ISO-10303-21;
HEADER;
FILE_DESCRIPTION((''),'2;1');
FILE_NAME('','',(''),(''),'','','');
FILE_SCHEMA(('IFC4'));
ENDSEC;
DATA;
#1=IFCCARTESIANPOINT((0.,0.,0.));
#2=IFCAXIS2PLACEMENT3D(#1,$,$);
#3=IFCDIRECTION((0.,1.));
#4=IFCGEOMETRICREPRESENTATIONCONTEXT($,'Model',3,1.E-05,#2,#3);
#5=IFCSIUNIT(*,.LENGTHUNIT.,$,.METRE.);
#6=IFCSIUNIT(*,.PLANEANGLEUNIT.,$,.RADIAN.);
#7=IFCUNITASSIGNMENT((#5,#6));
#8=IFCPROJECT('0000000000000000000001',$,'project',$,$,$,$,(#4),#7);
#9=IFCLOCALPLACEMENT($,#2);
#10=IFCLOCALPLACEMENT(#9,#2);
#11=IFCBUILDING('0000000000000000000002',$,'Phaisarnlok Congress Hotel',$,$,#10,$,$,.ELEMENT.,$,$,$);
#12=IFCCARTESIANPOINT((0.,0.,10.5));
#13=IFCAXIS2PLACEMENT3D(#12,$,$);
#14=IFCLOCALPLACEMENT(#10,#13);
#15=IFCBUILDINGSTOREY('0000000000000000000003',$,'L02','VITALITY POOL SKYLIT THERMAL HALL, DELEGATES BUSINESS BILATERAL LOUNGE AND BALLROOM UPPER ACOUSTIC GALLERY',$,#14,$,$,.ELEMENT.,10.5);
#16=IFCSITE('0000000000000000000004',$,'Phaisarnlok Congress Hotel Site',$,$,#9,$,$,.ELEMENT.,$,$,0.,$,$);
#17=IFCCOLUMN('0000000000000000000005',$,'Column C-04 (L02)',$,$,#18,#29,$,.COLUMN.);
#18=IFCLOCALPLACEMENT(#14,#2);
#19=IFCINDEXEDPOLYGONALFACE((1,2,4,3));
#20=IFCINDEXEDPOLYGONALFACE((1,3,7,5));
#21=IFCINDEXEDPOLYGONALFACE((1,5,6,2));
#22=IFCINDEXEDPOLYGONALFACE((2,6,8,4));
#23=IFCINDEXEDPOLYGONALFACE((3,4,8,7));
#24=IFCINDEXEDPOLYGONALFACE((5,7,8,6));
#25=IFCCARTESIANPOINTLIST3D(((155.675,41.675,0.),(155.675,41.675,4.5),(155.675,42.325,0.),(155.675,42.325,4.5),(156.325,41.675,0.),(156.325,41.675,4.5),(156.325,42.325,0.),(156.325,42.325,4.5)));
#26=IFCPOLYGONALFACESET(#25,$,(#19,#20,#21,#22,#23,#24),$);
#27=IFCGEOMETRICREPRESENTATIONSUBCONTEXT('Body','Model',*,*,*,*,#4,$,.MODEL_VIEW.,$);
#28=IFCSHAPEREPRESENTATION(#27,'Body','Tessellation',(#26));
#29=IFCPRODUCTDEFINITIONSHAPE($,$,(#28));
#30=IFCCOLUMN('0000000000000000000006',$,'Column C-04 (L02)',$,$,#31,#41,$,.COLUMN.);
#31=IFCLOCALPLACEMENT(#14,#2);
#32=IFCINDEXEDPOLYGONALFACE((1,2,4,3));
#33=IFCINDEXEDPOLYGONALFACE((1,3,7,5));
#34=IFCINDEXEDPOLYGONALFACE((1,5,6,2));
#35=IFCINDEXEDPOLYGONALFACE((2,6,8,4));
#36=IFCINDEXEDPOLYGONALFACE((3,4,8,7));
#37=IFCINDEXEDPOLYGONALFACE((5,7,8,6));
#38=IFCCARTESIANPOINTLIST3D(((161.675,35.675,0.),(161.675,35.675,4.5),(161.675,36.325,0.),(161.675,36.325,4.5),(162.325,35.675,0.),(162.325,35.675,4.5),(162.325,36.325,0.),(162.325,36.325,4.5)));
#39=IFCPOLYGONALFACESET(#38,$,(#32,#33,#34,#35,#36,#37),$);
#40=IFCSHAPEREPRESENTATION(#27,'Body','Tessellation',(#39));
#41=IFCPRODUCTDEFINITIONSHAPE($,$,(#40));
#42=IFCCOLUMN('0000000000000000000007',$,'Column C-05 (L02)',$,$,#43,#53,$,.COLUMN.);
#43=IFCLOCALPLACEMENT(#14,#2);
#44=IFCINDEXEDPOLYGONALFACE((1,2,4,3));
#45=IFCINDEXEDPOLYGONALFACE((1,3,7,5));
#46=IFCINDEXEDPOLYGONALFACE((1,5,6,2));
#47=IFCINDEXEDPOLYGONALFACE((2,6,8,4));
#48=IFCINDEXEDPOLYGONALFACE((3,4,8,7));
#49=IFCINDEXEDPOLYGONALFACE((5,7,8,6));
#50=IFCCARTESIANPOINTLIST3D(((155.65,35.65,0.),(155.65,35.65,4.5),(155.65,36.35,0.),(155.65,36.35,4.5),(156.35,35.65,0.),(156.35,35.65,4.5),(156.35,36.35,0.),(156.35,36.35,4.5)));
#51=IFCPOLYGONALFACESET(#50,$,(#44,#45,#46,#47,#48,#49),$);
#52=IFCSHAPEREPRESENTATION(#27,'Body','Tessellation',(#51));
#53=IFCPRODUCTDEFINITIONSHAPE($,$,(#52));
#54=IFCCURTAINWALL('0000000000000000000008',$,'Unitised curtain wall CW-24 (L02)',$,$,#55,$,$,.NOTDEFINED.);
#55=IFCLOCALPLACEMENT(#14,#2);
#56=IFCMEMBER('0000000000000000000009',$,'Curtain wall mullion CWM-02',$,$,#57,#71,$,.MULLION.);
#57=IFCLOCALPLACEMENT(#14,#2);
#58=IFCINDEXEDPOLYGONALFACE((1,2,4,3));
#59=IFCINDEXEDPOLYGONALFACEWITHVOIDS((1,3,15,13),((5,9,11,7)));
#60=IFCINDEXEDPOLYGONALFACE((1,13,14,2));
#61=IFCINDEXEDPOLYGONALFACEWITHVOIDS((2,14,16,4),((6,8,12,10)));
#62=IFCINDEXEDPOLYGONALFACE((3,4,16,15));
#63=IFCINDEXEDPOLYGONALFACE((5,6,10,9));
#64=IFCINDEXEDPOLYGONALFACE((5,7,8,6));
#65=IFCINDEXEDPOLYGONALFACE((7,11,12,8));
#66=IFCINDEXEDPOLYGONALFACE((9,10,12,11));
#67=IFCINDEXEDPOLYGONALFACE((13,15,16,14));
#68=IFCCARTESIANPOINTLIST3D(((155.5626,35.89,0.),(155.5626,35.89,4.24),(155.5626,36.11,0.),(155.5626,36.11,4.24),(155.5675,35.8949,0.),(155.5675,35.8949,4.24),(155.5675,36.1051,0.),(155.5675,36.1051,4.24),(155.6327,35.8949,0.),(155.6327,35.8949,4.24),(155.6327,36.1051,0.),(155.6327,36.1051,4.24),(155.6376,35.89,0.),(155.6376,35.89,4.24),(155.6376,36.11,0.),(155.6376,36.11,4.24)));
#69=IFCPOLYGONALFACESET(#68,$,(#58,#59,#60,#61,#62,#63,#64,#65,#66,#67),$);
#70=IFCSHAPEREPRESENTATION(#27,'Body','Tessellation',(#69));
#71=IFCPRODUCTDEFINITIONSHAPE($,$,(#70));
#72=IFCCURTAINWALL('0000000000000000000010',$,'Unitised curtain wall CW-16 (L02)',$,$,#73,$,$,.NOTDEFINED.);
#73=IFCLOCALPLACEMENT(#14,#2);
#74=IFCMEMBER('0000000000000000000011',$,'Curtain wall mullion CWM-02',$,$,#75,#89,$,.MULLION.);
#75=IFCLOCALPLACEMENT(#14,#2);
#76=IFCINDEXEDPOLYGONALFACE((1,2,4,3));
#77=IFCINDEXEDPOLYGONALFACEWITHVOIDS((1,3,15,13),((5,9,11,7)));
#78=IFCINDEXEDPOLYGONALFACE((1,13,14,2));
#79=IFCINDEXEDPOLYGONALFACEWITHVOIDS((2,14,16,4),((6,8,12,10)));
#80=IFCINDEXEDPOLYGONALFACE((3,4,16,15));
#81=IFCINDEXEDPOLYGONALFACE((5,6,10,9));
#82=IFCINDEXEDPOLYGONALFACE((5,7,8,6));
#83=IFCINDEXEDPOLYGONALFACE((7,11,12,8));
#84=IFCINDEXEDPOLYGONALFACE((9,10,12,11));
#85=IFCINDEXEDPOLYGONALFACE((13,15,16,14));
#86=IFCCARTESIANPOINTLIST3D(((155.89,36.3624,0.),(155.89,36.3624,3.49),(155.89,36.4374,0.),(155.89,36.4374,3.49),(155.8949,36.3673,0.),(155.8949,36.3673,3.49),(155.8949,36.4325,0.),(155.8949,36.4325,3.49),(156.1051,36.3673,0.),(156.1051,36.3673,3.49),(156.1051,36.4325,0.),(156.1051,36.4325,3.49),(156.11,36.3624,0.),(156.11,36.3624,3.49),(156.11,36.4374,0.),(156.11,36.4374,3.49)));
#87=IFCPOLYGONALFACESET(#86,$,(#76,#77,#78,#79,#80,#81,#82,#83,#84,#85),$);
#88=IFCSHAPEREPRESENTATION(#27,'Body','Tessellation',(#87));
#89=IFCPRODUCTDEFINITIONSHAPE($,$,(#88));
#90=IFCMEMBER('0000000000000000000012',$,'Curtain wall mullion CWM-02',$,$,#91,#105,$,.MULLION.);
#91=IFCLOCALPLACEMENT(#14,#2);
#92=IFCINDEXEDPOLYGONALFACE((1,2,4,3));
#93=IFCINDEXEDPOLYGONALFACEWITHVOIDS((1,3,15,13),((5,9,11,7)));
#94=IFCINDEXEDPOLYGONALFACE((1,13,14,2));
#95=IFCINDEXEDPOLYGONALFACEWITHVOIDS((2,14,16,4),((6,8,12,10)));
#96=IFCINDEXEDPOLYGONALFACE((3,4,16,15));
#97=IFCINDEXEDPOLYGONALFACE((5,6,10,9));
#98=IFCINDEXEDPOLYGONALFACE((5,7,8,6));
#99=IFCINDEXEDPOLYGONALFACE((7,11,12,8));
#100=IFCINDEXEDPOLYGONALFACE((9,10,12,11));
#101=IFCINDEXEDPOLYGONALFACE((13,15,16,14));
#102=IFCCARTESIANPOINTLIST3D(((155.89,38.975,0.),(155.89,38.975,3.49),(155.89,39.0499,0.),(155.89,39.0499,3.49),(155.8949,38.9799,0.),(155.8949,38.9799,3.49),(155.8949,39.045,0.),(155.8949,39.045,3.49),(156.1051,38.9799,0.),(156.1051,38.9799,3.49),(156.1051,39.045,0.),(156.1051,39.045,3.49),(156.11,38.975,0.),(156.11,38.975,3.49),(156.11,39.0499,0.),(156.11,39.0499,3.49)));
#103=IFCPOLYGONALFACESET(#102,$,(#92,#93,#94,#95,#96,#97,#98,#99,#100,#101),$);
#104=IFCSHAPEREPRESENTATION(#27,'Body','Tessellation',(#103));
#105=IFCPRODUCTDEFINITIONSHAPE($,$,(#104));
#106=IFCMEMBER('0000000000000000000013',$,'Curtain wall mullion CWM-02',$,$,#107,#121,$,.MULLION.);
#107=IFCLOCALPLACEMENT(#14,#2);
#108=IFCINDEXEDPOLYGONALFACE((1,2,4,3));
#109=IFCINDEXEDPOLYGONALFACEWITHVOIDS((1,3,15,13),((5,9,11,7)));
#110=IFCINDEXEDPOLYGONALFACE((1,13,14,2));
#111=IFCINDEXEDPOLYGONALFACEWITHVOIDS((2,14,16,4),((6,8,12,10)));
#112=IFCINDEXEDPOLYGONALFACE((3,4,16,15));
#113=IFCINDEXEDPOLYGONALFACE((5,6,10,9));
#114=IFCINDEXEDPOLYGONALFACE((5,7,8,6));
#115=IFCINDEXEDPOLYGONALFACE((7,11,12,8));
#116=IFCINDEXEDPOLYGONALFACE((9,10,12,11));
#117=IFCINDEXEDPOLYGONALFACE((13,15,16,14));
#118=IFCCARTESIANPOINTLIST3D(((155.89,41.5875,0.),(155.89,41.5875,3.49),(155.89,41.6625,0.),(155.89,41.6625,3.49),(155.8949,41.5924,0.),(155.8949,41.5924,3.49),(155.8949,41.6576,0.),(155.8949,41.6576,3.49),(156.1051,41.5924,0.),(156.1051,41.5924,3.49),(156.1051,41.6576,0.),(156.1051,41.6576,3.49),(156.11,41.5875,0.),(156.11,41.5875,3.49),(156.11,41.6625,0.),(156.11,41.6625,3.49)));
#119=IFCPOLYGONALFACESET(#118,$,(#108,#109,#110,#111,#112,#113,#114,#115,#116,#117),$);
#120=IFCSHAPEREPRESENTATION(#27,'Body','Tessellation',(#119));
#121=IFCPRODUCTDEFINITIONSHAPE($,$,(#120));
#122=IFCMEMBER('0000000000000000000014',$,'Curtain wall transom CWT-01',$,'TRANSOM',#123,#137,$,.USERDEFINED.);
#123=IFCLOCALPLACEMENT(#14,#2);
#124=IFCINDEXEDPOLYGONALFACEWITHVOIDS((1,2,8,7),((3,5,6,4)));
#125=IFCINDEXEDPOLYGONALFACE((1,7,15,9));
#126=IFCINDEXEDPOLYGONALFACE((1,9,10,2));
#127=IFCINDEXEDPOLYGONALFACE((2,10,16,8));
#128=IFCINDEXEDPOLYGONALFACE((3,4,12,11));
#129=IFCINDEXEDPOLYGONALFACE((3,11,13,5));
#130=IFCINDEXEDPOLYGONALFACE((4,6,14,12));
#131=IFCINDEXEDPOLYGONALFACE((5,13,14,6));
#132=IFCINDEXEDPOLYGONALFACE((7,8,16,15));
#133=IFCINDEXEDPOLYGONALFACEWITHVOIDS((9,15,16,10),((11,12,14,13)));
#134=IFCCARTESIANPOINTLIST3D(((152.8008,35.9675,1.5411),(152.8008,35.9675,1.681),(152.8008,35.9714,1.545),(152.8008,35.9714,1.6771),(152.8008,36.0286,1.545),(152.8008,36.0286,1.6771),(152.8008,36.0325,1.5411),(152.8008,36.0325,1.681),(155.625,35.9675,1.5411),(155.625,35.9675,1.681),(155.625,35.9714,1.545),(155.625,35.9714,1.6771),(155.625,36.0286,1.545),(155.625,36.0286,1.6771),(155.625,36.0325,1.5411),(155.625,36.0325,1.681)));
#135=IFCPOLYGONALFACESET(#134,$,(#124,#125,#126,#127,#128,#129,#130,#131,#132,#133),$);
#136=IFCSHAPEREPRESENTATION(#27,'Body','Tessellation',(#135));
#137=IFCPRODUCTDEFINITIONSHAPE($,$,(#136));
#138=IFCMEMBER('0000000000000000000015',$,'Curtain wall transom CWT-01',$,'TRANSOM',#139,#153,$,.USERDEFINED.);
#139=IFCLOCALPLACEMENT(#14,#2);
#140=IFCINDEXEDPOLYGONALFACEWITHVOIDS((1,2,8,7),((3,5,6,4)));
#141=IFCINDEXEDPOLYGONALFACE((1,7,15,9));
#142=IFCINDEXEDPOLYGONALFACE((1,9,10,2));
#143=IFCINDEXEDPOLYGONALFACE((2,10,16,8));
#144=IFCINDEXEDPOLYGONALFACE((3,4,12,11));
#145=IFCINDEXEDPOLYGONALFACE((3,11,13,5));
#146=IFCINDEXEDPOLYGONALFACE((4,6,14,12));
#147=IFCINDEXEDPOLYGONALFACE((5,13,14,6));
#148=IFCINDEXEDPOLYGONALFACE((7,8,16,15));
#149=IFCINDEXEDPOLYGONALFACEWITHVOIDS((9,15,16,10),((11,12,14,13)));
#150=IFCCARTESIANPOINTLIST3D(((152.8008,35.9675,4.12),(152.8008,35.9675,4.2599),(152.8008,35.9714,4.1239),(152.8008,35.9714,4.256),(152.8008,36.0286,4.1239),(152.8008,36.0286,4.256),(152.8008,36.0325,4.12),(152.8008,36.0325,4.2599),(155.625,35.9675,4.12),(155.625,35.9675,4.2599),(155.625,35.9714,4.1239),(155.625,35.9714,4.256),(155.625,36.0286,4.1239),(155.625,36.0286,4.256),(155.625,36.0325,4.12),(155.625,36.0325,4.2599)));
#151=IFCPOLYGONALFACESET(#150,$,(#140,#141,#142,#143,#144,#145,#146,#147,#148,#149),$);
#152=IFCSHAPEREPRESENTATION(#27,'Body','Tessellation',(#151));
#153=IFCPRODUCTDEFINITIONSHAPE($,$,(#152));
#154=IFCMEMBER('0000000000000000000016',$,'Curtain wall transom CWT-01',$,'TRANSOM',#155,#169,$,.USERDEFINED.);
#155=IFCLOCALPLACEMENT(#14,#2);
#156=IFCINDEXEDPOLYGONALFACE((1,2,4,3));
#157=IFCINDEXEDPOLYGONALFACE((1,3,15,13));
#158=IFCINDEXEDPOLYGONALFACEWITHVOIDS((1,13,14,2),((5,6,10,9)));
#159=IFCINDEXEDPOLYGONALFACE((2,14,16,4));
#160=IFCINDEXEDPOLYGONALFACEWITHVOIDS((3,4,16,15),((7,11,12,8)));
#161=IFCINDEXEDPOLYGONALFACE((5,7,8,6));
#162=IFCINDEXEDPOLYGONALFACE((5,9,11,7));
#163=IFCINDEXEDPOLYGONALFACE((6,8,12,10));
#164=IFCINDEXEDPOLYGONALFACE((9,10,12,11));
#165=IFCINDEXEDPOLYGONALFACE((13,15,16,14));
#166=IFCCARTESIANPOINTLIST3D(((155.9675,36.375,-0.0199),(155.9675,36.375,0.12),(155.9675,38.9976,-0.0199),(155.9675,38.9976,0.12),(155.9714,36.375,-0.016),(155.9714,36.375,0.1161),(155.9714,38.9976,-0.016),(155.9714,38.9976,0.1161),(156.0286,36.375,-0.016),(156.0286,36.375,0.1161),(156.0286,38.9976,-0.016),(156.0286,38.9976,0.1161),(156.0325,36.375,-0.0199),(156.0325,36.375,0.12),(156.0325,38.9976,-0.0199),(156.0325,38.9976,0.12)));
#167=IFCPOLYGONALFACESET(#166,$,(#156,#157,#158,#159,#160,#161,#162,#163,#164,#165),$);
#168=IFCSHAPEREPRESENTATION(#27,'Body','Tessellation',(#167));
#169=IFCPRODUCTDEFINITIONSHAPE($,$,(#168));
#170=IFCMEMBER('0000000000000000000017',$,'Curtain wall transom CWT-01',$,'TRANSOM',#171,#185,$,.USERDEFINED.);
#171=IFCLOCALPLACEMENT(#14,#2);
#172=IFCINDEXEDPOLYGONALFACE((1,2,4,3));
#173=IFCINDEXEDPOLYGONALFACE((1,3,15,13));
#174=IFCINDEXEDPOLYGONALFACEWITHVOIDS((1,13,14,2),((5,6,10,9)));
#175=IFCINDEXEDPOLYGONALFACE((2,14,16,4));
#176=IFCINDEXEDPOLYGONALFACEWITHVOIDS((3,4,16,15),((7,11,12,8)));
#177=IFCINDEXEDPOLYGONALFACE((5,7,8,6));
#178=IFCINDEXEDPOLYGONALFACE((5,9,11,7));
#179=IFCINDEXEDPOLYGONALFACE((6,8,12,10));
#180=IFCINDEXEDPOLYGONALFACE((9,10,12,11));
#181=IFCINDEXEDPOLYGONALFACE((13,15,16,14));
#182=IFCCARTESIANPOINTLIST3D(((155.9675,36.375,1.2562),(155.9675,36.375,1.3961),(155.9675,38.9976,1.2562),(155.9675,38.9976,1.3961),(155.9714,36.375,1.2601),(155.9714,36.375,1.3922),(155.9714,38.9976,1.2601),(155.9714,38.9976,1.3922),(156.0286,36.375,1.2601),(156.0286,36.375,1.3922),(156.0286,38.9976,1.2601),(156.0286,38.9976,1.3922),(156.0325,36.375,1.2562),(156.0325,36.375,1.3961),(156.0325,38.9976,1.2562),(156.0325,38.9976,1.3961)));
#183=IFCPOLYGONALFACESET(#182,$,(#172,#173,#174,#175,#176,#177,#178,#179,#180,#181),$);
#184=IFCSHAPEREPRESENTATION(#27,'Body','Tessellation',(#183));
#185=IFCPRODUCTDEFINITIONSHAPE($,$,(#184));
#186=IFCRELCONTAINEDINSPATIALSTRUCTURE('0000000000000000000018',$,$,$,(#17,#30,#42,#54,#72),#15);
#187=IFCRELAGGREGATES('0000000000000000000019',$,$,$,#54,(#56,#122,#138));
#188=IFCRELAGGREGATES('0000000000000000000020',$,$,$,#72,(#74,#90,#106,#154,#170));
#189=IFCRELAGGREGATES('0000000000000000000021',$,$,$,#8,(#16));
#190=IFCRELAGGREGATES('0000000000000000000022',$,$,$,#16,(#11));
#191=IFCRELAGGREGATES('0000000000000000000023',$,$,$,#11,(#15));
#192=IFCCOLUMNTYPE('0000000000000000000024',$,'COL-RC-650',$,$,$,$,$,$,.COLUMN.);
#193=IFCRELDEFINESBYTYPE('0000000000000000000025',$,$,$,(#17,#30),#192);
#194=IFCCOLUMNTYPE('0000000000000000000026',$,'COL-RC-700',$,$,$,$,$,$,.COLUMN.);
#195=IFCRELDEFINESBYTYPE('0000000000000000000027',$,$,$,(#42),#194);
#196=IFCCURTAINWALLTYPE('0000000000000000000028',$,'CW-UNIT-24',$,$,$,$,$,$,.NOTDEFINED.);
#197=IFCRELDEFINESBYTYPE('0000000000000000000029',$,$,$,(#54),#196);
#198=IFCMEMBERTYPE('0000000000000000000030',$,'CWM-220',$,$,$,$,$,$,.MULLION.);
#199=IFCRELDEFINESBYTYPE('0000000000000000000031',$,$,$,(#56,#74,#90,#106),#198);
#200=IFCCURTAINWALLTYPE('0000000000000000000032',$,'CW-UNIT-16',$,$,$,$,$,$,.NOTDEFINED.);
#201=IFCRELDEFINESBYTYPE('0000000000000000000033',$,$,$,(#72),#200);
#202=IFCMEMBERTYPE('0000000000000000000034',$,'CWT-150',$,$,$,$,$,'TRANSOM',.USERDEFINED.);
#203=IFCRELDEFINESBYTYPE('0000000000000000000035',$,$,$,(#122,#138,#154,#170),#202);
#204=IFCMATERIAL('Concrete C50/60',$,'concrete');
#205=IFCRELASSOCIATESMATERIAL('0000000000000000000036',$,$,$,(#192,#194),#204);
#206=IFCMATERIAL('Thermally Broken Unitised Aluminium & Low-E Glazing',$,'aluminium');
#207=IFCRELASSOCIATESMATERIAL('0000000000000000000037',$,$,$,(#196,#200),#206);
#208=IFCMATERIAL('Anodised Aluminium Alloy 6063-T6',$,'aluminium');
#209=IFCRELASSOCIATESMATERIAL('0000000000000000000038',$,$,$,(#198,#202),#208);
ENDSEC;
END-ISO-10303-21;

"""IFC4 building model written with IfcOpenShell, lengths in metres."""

from ifc_helpers import new_model, si_unit, direction, frame, origin, origin_2d, place, context, subcontext, project, spatial, rectangle, hollow_rectangle, extrude, material, material_profile, profile_set, type_object, element, aggregate, save


model = new_model("IFC4")

# Units and contexts
model_context = context("Model", 3, precision=1e-05, world=origin(), true_north=direction((0.0, 1.0)))
body_context = subcontext(model_context, "Body", "Model", "MODEL_VIEW")
ifc_project = project(units=[si_unit("LENGTHUNIT", "METRE"), si_unit("PLANEANGLEUNIT", "RADIAN")], contexts=[model_context])

# Site, building, storey
site_placement = place(None, origin())
site = spatial("IfcSite", under=ifc_project, at=site_placement, Name="Phaisarnlok Congress Hotel Site", CompositionType="ELEMENT", RefElevation=0.0)
building_placement = place(site_placement, origin())
building = spatial("IfcBuilding", under=site, at=building_placement, Name="Phaisarnlok Congress Hotel", CompositionType="ELEMENT")
storey_placement = place(building_placement, frame((0.0, 0.0, 10.5)))
storey = spatial("IfcBuildingStorey", under=building, at=storey_placement, Name="L02", Description="VITALITY POOL SKYLIT THERMAL HALL, DELEGATES BUSINESS BILATERAL LOUNGE AND BALLROOM UPPER ACOUSTIC GALLERY", CompositionType="ELEMENT", Elevation=10.5)

# Columns
ifc_material_1 = material(Name="Concrete C50/60", Category="concrete")
ifc_material_profile_1 = material_profile(ifc_material_1, rectangle(XDim=0.6499, YDim=0.6499, at=origin_2d()), Name="RC 650x650")
ifc_profile_set_1 = profile_set([ifc_material_profile_1], Name="Concrete C50/60")
column_type_1 = type_object("IfcColumnType", Name="COL-RC-650", PredefinedType="COLUMN", material=ifc_profile_set_1)
for number, where, z_axis, x_axis, name in (
    (1, (156.0, 42.0, 0.0), (0.0, 0.0, 1.0), (1.0, 0.0, 0.0), "Column C-04 (L02)"),
    (2, (162.0, 36.0, 0.0), (0.0, 0.0, 1.0), (1.0, 0.0, 0.0), "Column C-04 (L02)"),
):
    element("IfcColumn", number, at=place(storey_placement, frame(where, z_axis=z_axis, x_axis=x_axis)), inside=storey, type_object=column_type_1, Name=name, PredefinedType="COLUMN", context=body_context, shape_type="SweptSolid", body=[
        extrude(rectangle(XDim=0.6499, YDim=0.6499, at=origin_2d()), origin(), (0.0, 0.0, 1.0), 4.5),
    ])
ifc_material_profile_2 = material_profile(ifc_material_1, rectangle(XDim=0.7, YDim=0.7, at=origin_2d()), Name="RC 700x700")
ifc_profile_set_2 = profile_set([ifc_material_profile_2], Name="Concrete C50/60")
column_type_2 = type_object("IfcColumnType", Name="COL-RC-700", PredefinedType="COLUMN", material=ifc_profile_set_2)
column_placement = place(storey_placement, frame((156.0, 36.0, 0.0), z_axis=(0.0, 0.0, 1.0), x_axis=(1.0, 0.0, 0.0)))
element("IfcColumn", 3, at=column_placement, inside=storey, type_object=column_type_2, Name="Column C-05 (L02)", PredefinedType="COLUMN", context=body_context, shape_type="SweptSolid", body=[
    extrude(rectangle(XDim=0.7, YDim=0.7, at=origin_2d()), origin(), (0.0, 0.0, 1.0), 4.5),
])

# Curtain wall, member
ifc_material_2 = material(Name="Thermally Broken Unitised Aluminium & Low-E Glazing", Category="aluminium")
curtain_wall_type_1 = type_object("IfcCurtainWallType", Name="CW-UNIT-24", PredefinedType="NOTDEFINED", material=ifc_material_2)
curtain_wall_1_placement = place(storey_placement, origin())
curtain_wall_1 = element("IfcCurtainWall", 4, at=curtain_wall_1_placement, inside=storey, type_object=curtain_wall_type_1, Name="Unitised curtain wall CW-24 (L02)", PredefinedType="NOTDEFINED")
ifc_material_3 = material(Name="Anodised Aluminium Alloy 6063-T6", Category="aluminium")
ifc_material_profile_3 = material_profile(ifc_material_3, hollow_rectangle(XDim=0.075, YDim=0.22, WallThickness=0.0049, at=origin_2d()), Name="ALU-M 75x220x5")
ifc_profile_set_3 = profile_set([ifc_material_profile_3], Name="Anodised Aluminium Alloy 6063-T6")
member_type_1 = type_object("IfcMemberType", Name="CWM-220", PredefinedType="MULLION", material=ifc_profile_set_3)
member_1_placement = place(storey_placement, frame((155.6001, 36.0, 0.0), z_axis=(0.0, 0.0, 1.0), x_axis=(1.0, 0.0, 0.0)))
member_1 = element("IfcMember", 5, at=member_1_placement, type_object=member_type_1, Name="Curtain wall mullion CWM-02", PredefinedType="MULLION", context=body_context, shape_type="SweptSolid", body=[
    extrude(hollow_rectangle(XDim=0.075, YDim=0.22, WallThickness=0.0049, at=origin_2d()), origin(), (0.0, 0.0, 1.0), 4.24),
])

# Curtain wall, members
curtain_wall_type_2 = type_object("IfcCurtainWallType", Name="CW-UNIT-16", PredefinedType="NOTDEFINED", material=ifc_material_2)
curtain_wall_2_placement = place(storey_placement, origin())
curtain_wall_2 = element("IfcCurtainWall", 6, at=curtain_wall_2_placement, inside=storey, type_object=curtain_wall_type_2, Name="Unitised curtain wall CW-16 (L02)", PredefinedType="NOTDEFINED")
member_2_placement = place(storey_placement, frame((156.0, 36.3999, 0.0), z_axis=(0.0, 0.0, 1.0), x_axis=(0.0, 1.0, 0.0)))
member_2 = element("IfcMember", 7, at=member_2_placement, type_object=member_type_1, Name="Curtain wall mullion CWM-02", PredefinedType="MULLION", context=body_context, shape_type="SweptSolid", body=[
    extrude(hollow_rectangle(XDim=0.075, YDim=0.22, WallThickness=0.0049, at=origin_2d()), origin(), (0.0, 0.0, 1.0), 3.49),
])
member_3_placement = place(storey_placement, frame((156.0, 39.0125, 0.0), z_axis=(0.0, 0.0, 1.0), x_axis=(0.0, 1.0, 0.0)))
member_3 = element("IfcMember", 8, at=member_3_placement, type_object=member_type_1, Name="Curtain wall mullion CWM-02", PredefinedType="MULLION", context=body_context, shape_type="SweptSolid", body=[
    extrude(hollow_rectangle(XDim=0.075, YDim=0.22, WallThickness=0.0049, at=origin_2d()), origin(), (0.0, 0.0, 1.0), 3.49),
])
member_4_placement = place(storey_placement, frame((156.0, 41.625, 0.0), z_axis=(0.0, 0.0, 1.0), x_axis=(0.0, 1.0, 0.0)))
member_4 = element("IfcMember", 9, at=member_4_placement, type_object=member_type_1, Name="Curtain wall mullion CWM-02", PredefinedType="MULLION", context=body_context, shape_type="SweptSolid", body=[
    extrude(hollow_rectangle(XDim=0.075, YDim=0.22, WallThickness=0.0049, at=origin_2d()), origin(), (0.0, 0.0, 1.0), 3.49),
])

# Members
ifc_material_profile_4 = material_profile(ifc_material_3, hollow_rectangle(XDim=0.0649, YDim=0.1399, WallThickness=0.0039, at=origin_2d()), Name="ALU-T 65x140x4")
ifc_profile_set_4 = profile_set([ifc_material_profile_4], Name="Anodised Aluminium Alloy 6063-T6")
member_type_2 = type_object("IfcMemberType", Name="CWT-150", ElementType="TRANSOM", PredefinedType="USERDEFINED", material=ifc_profile_set_4)
member_5_placement = place(storey_placement, frame((152.8008, 36.0, 1.6111), z_axis=(1.0, 0.0, 0.0), x_axis=(0.0, 1.0, 0.0)))
member_5 = element("IfcMember", 10, at=member_5_placement, type_object=member_type_2, Name="Curtain wall transom CWT-01", ObjectType="TRANSOM", PredefinedType="USERDEFINED", context=body_context, shape_type="SweptSolid", body=[
    extrude(hollow_rectangle(XDim=0.0649, YDim=0.1399, WallThickness=0.0039, at=origin_2d()), origin(), (0.0, 0.0, 1.0), 2.8242),
])
member_6_placement = place(storey_placement, frame((152.8008, 36.0, 4.1899), z_axis=(1.0, 0.0, 0.0), x_axis=(0.0, 1.0, 0.0)))
member_6 = element("IfcMember", 11, at=member_6_placement, type_object=member_type_2, Name="Curtain wall transom CWT-01", ObjectType="TRANSOM", PredefinedType="USERDEFINED", context=body_context, shape_type="SweptSolid", body=[
    extrude(hollow_rectangle(XDim=0.0649, YDim=0.1399, WallThickness=0.0039, at=origin_2d()), origin(), (0.0, 0.0, 1.0), 2.8242),
])
member_7_placement = place(storey_placement, frame((156.0, 36.375, 0.05), z_axis=(0.0, 1.0, 0.0), x_axis=(-1.0, 0.0, 0.0)))
member_7 = element("IfcMember", 12, at=member_7_placement, type_object=member_type_2, Name="Curtain wall transom CWT-01", ObjectType="TRANSOM", PredefinedType="USERDEFINED", context=body_context, shape_type="SweptSolid", body=[
    extrude(hollow_rectangle(XDim=0.0649, YDim=0.1399, WallThickness=0.0039, at=origin_2d()), origin(), (0.0, 0.0, 1.0), 2.6226),
])
member_8_placement = place(storey_placement, frame((156.0, 36.375, 1.3262), z_axis=(0.0, 1.0, 0.0), x_axis=(-1.0, 0.0, 0.0)))
member_8 = element("IfcMember", 13, at=member_8_placement, type_object=member_type_2, Name="Curtain wall transom CWT-01", ObjectType="TRANSOM", PredefinedType="USERDEFINED", context=body_context, shape_type="SweptSolid", body=[
    extrude(hollow_rectangle(XDim=0.0649, YDim=0.1399, WallThickness=0.0039, at=origin_2d()), origin(), (0.0, 0.0, 1.0), 2.6226),
])

aggregate(curtain_wall_1, [member_1, member_5, member_6])
aggregate(curtain_wall_2, [member_2, member_3, member_4, member_7, member_8])

save(model, "model.ifc")
